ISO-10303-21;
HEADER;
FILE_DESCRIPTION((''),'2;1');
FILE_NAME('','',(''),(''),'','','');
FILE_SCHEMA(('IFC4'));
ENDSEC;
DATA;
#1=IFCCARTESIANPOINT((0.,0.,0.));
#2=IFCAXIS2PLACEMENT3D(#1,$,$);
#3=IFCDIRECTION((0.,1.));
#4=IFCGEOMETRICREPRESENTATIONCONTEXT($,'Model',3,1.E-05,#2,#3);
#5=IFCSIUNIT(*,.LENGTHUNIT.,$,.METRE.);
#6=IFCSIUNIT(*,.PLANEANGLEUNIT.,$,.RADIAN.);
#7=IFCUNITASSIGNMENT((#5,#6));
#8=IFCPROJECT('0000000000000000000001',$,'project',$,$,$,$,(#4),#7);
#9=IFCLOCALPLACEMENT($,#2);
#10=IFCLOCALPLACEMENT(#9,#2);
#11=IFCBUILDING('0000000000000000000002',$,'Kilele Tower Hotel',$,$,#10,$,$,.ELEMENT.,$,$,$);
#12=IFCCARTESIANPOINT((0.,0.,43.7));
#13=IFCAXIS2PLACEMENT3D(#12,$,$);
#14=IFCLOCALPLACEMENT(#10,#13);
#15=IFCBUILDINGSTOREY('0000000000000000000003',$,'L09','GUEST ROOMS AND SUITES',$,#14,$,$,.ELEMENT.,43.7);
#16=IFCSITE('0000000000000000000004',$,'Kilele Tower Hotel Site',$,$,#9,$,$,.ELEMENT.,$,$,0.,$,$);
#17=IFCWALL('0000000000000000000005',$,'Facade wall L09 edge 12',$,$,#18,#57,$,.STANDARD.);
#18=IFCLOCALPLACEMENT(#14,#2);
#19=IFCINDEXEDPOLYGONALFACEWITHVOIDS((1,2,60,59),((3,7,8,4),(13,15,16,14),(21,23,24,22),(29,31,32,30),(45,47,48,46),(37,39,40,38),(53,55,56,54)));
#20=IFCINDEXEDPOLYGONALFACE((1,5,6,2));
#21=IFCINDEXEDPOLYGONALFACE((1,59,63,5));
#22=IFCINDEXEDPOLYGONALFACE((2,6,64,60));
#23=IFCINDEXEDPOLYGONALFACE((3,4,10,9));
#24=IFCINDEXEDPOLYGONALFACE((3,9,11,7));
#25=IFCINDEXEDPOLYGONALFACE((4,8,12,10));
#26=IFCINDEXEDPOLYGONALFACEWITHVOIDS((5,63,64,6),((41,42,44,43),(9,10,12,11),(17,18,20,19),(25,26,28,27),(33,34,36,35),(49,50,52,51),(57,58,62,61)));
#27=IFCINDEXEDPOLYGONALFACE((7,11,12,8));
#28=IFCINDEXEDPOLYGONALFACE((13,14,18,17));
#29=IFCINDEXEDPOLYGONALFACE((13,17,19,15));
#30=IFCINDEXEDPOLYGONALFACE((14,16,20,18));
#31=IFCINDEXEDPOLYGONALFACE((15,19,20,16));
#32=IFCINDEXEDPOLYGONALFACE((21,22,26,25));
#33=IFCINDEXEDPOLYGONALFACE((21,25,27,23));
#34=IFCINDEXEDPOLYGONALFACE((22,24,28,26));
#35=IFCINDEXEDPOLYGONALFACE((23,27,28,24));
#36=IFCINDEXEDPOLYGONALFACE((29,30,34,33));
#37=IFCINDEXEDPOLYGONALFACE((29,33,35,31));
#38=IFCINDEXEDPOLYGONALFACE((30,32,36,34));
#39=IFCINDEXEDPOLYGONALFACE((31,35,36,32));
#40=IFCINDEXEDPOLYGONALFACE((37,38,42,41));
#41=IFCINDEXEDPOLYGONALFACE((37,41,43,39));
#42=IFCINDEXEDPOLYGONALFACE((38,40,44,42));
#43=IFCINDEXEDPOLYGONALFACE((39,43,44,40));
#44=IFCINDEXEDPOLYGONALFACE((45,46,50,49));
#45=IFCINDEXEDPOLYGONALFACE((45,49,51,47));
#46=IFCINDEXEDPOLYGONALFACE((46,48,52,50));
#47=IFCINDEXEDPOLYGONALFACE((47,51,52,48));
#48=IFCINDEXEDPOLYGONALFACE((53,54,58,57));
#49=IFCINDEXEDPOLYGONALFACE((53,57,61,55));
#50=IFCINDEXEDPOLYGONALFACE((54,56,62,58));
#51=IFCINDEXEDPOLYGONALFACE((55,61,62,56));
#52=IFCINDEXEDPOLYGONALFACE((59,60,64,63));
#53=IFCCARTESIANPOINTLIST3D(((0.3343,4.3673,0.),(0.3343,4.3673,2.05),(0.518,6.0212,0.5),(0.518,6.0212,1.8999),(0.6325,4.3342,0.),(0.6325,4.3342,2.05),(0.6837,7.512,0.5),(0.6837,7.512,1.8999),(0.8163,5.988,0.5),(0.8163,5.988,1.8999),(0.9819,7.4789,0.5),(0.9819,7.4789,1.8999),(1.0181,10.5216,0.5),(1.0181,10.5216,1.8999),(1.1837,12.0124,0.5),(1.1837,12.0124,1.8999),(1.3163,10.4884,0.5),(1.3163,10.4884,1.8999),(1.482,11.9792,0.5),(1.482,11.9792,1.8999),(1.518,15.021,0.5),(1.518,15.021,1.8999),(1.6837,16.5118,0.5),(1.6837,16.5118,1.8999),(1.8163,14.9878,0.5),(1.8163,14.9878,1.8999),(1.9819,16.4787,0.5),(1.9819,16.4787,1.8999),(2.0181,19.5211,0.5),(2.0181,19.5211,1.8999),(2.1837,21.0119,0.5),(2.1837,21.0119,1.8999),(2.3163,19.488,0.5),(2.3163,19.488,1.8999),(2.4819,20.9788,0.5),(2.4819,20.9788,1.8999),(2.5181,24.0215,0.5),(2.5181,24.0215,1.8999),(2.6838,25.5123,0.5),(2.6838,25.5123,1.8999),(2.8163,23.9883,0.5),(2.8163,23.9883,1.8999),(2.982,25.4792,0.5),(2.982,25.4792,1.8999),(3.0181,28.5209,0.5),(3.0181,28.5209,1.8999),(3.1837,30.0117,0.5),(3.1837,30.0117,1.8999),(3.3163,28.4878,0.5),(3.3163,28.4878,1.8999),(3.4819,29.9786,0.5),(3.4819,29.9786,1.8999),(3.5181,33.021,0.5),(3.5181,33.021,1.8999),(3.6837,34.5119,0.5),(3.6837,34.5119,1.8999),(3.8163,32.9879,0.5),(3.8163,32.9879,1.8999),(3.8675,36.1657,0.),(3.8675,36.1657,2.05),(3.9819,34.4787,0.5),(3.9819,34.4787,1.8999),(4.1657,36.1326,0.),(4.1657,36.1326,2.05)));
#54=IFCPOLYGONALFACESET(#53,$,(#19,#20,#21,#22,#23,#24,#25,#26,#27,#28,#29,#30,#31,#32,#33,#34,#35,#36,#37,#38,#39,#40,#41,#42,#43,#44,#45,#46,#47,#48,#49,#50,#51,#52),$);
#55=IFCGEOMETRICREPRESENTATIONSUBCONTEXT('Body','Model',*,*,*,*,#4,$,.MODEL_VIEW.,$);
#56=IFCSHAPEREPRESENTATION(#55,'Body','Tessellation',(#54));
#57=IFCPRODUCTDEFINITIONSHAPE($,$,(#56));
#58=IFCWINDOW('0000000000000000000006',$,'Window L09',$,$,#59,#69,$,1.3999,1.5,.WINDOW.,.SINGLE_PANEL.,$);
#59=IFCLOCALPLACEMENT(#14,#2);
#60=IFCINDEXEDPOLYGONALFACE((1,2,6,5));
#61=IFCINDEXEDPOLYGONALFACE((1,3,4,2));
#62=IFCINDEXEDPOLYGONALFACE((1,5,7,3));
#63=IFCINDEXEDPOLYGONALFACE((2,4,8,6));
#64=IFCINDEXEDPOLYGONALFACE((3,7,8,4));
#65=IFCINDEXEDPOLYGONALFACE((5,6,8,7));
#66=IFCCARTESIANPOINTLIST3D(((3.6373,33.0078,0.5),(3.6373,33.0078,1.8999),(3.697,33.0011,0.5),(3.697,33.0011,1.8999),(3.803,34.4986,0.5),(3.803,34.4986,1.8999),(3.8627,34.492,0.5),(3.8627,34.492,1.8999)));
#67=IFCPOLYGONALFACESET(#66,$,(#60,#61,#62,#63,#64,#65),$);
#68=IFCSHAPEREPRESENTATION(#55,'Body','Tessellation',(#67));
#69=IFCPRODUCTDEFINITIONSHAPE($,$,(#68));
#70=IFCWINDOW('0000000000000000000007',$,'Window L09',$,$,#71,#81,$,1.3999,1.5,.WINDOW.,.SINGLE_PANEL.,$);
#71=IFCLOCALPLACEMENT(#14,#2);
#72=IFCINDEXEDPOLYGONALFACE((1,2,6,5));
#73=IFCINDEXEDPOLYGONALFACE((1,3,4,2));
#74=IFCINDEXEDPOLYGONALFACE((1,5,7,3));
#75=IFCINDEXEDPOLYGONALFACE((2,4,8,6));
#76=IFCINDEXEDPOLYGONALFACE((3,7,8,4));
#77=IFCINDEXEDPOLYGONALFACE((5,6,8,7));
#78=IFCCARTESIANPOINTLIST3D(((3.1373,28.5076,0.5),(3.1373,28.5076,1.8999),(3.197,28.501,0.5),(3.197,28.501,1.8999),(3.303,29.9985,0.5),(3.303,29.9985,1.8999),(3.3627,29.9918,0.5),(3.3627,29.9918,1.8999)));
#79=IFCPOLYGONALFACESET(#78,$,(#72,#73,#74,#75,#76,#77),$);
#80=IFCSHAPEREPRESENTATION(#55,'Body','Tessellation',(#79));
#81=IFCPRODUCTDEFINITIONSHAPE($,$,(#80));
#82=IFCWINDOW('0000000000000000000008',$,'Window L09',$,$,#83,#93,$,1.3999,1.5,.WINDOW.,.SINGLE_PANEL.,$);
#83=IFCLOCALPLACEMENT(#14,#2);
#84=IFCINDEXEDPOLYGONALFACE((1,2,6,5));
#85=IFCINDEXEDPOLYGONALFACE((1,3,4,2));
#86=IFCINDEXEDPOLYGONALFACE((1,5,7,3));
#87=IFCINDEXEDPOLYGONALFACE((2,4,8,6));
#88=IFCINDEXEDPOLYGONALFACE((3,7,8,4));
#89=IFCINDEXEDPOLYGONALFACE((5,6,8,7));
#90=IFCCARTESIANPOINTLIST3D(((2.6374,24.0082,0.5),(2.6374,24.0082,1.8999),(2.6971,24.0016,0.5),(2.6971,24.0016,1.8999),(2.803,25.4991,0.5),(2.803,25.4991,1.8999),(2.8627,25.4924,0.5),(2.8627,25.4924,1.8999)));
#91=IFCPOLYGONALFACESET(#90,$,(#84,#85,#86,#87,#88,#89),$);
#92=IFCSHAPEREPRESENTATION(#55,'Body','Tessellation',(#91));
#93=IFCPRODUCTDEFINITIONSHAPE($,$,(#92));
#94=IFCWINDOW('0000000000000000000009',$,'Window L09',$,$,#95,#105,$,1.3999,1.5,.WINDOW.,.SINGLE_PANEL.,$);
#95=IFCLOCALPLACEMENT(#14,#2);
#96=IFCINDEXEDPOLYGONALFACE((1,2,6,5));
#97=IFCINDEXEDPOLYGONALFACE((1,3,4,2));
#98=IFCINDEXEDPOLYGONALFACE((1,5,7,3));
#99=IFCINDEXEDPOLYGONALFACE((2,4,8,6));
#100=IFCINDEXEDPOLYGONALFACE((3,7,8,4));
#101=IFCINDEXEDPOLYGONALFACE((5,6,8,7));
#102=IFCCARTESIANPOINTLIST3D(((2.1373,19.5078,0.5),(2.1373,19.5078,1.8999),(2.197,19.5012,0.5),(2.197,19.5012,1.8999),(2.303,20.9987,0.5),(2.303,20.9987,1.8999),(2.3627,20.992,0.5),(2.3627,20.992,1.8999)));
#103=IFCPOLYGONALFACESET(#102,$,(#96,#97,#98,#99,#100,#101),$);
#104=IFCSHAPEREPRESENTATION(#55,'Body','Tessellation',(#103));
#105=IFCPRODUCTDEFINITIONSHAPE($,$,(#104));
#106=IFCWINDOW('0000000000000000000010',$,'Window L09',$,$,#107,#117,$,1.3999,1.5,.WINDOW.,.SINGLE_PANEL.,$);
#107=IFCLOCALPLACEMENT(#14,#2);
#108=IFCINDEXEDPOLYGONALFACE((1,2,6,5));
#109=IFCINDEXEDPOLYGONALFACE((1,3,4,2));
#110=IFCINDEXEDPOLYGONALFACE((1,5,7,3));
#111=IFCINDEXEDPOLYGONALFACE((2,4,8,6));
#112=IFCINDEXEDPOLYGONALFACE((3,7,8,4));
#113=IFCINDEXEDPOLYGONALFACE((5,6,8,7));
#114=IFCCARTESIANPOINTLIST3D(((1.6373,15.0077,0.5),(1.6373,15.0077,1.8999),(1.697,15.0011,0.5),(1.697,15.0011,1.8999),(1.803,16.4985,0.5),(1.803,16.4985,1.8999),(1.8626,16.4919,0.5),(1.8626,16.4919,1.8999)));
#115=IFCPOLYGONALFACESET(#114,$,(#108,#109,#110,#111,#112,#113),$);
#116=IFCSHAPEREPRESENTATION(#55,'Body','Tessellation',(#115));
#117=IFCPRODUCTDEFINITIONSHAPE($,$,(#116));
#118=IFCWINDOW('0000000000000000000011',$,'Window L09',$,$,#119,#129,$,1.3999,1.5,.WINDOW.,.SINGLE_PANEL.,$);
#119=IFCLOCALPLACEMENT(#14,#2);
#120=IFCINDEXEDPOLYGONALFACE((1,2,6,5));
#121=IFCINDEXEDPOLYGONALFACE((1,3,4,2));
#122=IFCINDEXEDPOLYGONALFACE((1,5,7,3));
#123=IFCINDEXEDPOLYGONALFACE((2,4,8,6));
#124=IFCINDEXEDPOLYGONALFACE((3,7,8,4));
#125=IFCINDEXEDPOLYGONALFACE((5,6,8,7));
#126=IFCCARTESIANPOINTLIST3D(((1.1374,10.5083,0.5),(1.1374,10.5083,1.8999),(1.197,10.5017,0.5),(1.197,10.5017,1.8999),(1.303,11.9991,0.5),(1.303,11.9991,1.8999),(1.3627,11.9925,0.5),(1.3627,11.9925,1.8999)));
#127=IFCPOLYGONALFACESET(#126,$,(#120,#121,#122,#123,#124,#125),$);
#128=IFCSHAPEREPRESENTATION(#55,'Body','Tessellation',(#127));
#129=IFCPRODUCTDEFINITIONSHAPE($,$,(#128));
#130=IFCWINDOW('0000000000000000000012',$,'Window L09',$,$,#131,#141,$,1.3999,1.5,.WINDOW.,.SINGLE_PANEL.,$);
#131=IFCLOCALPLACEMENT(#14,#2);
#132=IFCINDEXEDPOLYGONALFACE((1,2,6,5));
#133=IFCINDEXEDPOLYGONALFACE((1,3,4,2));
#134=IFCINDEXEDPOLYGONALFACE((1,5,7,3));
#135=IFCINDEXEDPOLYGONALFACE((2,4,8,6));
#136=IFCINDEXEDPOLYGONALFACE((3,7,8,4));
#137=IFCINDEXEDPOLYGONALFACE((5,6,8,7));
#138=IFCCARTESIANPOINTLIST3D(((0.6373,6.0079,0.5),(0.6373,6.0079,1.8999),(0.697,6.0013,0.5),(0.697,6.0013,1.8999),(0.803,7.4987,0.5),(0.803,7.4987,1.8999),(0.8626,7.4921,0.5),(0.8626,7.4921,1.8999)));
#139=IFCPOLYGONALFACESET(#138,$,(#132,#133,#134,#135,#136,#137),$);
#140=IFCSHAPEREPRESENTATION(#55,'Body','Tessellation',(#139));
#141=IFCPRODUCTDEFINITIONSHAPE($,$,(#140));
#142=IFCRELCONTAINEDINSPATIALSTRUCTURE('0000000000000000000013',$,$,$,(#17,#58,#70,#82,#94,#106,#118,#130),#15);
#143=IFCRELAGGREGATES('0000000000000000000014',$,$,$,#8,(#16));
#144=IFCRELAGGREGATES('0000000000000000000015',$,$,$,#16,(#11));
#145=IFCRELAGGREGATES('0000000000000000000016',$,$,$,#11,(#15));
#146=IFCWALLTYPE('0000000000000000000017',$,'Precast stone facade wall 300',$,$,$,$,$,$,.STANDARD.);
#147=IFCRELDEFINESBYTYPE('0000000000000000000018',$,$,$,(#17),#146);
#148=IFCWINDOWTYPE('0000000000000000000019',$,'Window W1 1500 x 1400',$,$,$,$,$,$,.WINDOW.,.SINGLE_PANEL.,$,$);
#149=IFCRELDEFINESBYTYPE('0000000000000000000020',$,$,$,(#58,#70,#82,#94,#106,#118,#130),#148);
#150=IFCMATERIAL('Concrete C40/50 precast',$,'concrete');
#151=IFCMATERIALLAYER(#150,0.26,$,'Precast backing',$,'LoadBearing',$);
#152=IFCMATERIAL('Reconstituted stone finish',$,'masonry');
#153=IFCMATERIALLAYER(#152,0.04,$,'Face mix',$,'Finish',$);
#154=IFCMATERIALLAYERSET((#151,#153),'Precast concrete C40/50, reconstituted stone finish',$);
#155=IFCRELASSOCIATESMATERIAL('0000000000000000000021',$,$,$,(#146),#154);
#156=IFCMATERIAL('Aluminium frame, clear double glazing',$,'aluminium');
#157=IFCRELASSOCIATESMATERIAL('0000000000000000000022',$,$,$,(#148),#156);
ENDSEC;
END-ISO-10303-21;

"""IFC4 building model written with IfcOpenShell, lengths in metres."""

from ifc_helpers import new_model, si_unit, direction, frame, frame_2d, origin, place, context, subcontext, project, spatial, rectangle, extrude, material, layer, layer_set, type_object, element, fill, save


model = new_model("IFC4")

# Units and contexts
model_context = context("Model", 3, precision=1e-05, world=origin(), true_north=direction((0.0, 1.0)))
body_context = subcontext(model_context, "Body", "Model", "MODEL_VIEW")
ifc_project = project(units=[si_unit("LENGTHUNIT", "METRE"), si_unit("PLANEANGLEUNIT", "RADIAN")], contexts=[model_context])

# Site, building, storey
site_placement = place(None, origin())
site = spatial("IfcSite", under=ifc_project, at=site_placement, Name="Kilele Tower Hotel Site", CompositionType="ELEMENT", RefElevation=0.0)
building_placement = place(site_placement, origin())
building = spatial("IfcBuilding", under=site, at=building_placement, Name="Kilele Tower Hotel", CompositionType="ELEMENT")
storey_placement = place(building_placement, frame((0.0, 0.0, 43.7)))
storey = spatial("IfcBuildingStorey", under=building, at=storey_placement, Name="L09", Description="GUEST ROOMS AND SUITES", CompositionType="ELEMENT", Elevation=43.7)

# Shared definitions
ifc_material_1 = material(Name="Concrete C40/50 precast", Category="concrete")
ifc_layer_1 = layer(ifc_material_1, 0.26, Name="Precast backing", Category="LoadBearing")
ifc_material_2 = material(Name="Reconstituted stone finish", Category="masonry")
ifc_layer_2 = layer(ifc_material_2, 0.04, Name="Face mix", Category="Finish")
ifc_layer_set_1 = layer_set([ifc_layer_1, ifc_layer_2], Name="Precast concrete C40/50, reconstituted stone finish")
wall_type_1 = type_object("IfcWallType", Name="Precast stone facade wall 300", PredefinedType="STANDARD", material=ifc_layer_set_1)
ifc_material_3 = material(Name="Aluminium frame, clear double glazing", Category="aluminium")
window_type_1 = type_object("IfcWindowType", Name="Window W1 1500 x 1400", PartitioningType="SINGLE_PANEL", PredefinedType="WINDOW", material=ifc_material_3)

# Wall, openings, windows
wall_1_placement = place(storey_placement, frame((4.0166, 36.1492, 0.0), z_axis=(0.0, 0.0, 1.0), x_axis=(-0.110433, -0.993884, 0.0)))
wall_1 = element("IfcWall", 1, at=wall_1_placement, inside=storey, type_object=wall_type_1, Name="Facade wall L09 edge 12", PredefinedType="STANDARD", context=body_context, shape_type="SweptSolid", body=[
    extrude(rectangle(XDim=31.9941, YDim=0.3, at=frame_2d((15.9971, 0.0))), origin(), (0.0, 0.0, 1.0), 2.05),
])
opening_1_placement = place(wall_1_placement, frame((1.6641, 0.0, 0.5)))
opening_1 = element("IfcOpeningElement", 2, at=opening_1_placement, cuts=wall_1, PredefinedType="OPENING", context=body_context, shape_type="SweptSolid", body=[
    extrude(rectangle(XDim=1.5, YDim=1.3999, at=frame_2d((0.75, 0.7))), frame((0.0, 0.1599, 0.0), z_axis=(0.0, -1.0, 0.0), x_axis=(1.0, 0.0, 0.0)), (0.0, 0.0, 1.0), 0.3201),
])
opening_2_placement = place(wall_1_placement, frame((6.1919, 0.0, 0.5)))
opening_2 = element("IfcOpeningElement", 3, at=opening_2_placement, cuts=wall_1, PredefinedType="OPENING", context=body_context, shape_type="SweptSolid", body=[
    extrude(rectangle(XDim=1.5, YDim=1.3999, at=frame_2d((0.75, 0.7))), frame((0.0, 0.1599, 0.0), z_axis=(0.0, -1.0, 0.0), x_axis=(1.0, 0.0, 0.0)), (0.0, 0.0, 1.0), 0.3201),
])
opening_3_placement = place(wall_1_placement, frame((10.719, 0.0, 0.5)))
opening_3 = element("IfcOpeningElement", 4, at=opening_3_placement, cuts=wall_1, PredefinedType="OPENING", context=body_context, shape_type="SweptSolid", body=[
    extrude(rectangle(XDim=1.5, YDim=1.3999, at=frame_2d((0.75, 0.7))), frame((0.0, 0.1599, 0.0), z_axis=(0.0, -1.0, 0.0), x_axis=(1.0, 0.0, 0.0)), (0.0, 0.0, 1.0), 0.3201),
])
opening_4_placement = place(wall_1_placement, frame((15.2471, 0.0, 0.5)))
opening_4 = element("IfcOpeningElement", 5, at=opening_4_placement, cuts=wall_1, PredefinedType="OPENING", context=body_context, shape_type="SweptSolid", body=[
    extrude(rectangle(XDim=1.5, YDim=1.3999, at=frame_2d((0.75, 0.7))), frame((0.0, 0.1599, 0.0), z_axis=(0.0, -1.0, 0.0), x_axis=(1.0, 0.0, 0.0)), (0.0, 0.0, 1.0), 0.3201),
])
opening_5_placement = place(wall_1_placement, frame((19.7749, 0.0, 0.5)))
opening_5 = element("IfcOpeningElement", 6, at=opening_5_placement, cuts=wall_1, PredefinedType="OPENING", context=body_context, shape_type="SweptSolid", body=[
    extrude(rectangle(XDim=1.5, YDim=1.3999, at=frame_2d((0.75, 0.7))), frame((0.0, 0.1599, 0.0), z_axis=(0.0, -1.0, 0.0), x_axis=(1.0, 0.0, 0.0)), (0.0, 0.0, 1.0), 0.3201),
])
opening_6_placement = place(wall_1_placement, frame((24.302, 0.0, 0.5)))
opening_6 = element("IfcOpeningElement", 7, at=opening_6_placement, cuts=wall_1, PredefinedType="OPENING", context=body_context, shape_type="SweptSolid", body=[
    extrude(rectangle(XDim=1.5, YDim=1.3999, at=frame_2d((0.75, 0.7))), frame((0.0, 0.1599, 0.0), z_axis=(0.0, -1.0, 0.0), x_axis=(1.0, 0.0, 0.0)), (0.0, 0.0, 1.0), 0.3201),
])
opening_7_placement = place(wall_1_placement, frame((28.8301, 0.0, 0.5)))
opening_7 = element("IfcOpeningElement", 8, at=opening_7_placement, cuts=wall_1, PredefinedType="OPENING", context=body_context, shape_type="SweptSolid", body=[
    extrude(rectangle(XDim=1.5, YDim=1.3999, at=frame_2d((0.75, 0.7))), frame((0.0, 0.1599, 0.0), z_axis=(0.0, -1.0, 0.0), x_axis=(1.0, 0.0, 0.0)), (0.0, 0.0, 1.0), 0.3201),
])
window_1_placement = place(opening_1_placement, origin())
window_1 = element("IfcWindow", 9, at=window_1_placement, inside=storey, type_object=window_type_1, Name="Window L09", OverallHeight=1.3999, OverallWidth=1.5, PartitioningType="SINGLE_PANEL", PredefinedType="WINDOW", context=body_context, shape_type="SweptSolid", body=[
    extrude(rectangle(XDim=1.5, YDim=1.3999, at=frame_2d((0.75, 0.7))), frame((0.0, 0.03, 0.0), z_axis=(0.0, -1.0, 0.0), x_axis=(1.0, 0.0, 0.0)), (0.0, 0.0, 1.0), 0.0601),
])
fill(opening_1, window_1)
window_2_placement = place(opening_2_placement, origin())
window_2 = element("IfcWindow", 10, at=window_2_placement, inside=storey, type_object=window_type_1, Name="Window L09", OverallHeight=1.3999, OverallWidth=1.5, PartitioningType="SINGLE_PANEL", PredefinedType="WINDOW", context=body_context, shape_type="SweptSolid", body=[
    extrude(rectangle(XDim=1.5, YDim=1.3999, at=frame_2d((0.75, 0.7))), frame((0.0, 0.03, 0.0), z_axis=(0.0, -1.0, 0.0), x_axis=(1.0, 0.0, 0.0)), (0.0, 0.0, 1.0), 0.0601),
])
fill(opening_2, window_2)
window_3_placement = place(opening_3_placement, origin())
window_3 = element("IfcWindow", 11, at=window_3_placement, inside=storey, type_object=window_type_1, Name="Window L09", OverallHeight=1.3999, OverallWidth=1.5, PartitioningType="SINGLE_PANEL", PredefinedType="WINDOW", context=body_context, shape_type="SweptSolid", body=[
    extrude(rectangle(XDim=1.5, YDim=1.3999, at=frame_2d((0.75, 0.7))), frame((0.0, 0.03, 0.0), z_axis=(0.0, -1.0, 0.0), x_axis=(1.0, 0.0, 0.0)), (0.0, 0.0, 1.0), 0.0601),
])
fill(opening_3, window_3)
window_4_placement = place(opening_4_placement, origin())
window_4 = element("IfcWindow", 12, at=window_4_placement, inside=storey, type_object=window_type_1, Name="Window L09", OverallHeight=1.3999, OverallWidth=1.5, PartitioningType="SINGLE_PANEL", PredefinedType="WINDOW", context=body_context, shape_type="SweptSolid", body=[
    extrude(rectangle(XDim=1.5, YDim=1.3999, at=frame_2d((0.75, 0.7))), frame((0.0, 0.03, 0.0), z_axis=(0.0, -1.0, 0.0), x_axis=(1.0, 0.0, 0.0)), (0.0, 0.0, 1.0), 0.0601),
])
fill(opening_4, window_4)
window_5_placement = place(opening_5_placement, origin())
window_5 = element("IfcWindow", 13, at=window_5_placement, inside=storey, type_object=window_type_1, Name="Window L09", OverallHeight=1.3999, OverallWidth=1.5, PartitioningType="SINGLE_PANEL", PredefinedType="WINDOW", context=body_context, shape_type="SweptSolid", body=[
    extrude(rectangle(XDim=1.5, YDim=1.3999, at=frame_2d((0.75, 0.7))), frame((0.0, 0.03, 0.0), z_axis=(0.0, -1.0, 0.0), x_axis=(1.0, 0.0, 0.0)), (0.0, 0.0, 1.0), 0.0601),
])
fill(opening_5, window_5)
window_6_placement = place(opening_6_placement, origin())
window_6 = element("IfcWindow", 14, at=window_6_placement, inside=storey, type_object=window_type_1, Name="Window L09", OverallHeight=1.3999, OverallWidth=1.5, PartitioningType="SINGLE_PANEL", PredefinedType="WINDOW", context=body_context, shape_type="SweptSolid", body=[
    extrude(rectangle(XDim=1.5, YDim=1.3999, at=frame_2d((0.75, 0.7))), frame((0.0, 0.03, 0.0), z_axis=(0.0, -1.0, 0.0), x_axis=(1.0, 0.0, 0.0)), (0.0, 0.0, 1.0), 0.0601),
])
fill(opening_6, window_6)
window_7_placement = place(opening_7_placement, origin())
window_7 = element("IfcWindow", 15, at=window_7_placement, inside=storey, type_object=window_type_1, Name="Window L09", OverallHeight=1.3999, OverallWidth=1.5, PartitioningType="SINGLE_PANEL", PredefinedType="WINDOW", context=body_context, shape_type="SweptSolid", body=[
    extrude(rectangle(XDim=1.5, YDim=1.3999, at=frame_2d((0.75, 0.7))), frame((0.0, 0.03, 0.0), z_axis=(0.0, -1.0, 0.0), x_axis=(1.0, 0.0, 0.0)), (0.0, 0.0, 1.0), 0.0601),
])
fill(opening_7, window_7)

save(model, "model.ifc")
